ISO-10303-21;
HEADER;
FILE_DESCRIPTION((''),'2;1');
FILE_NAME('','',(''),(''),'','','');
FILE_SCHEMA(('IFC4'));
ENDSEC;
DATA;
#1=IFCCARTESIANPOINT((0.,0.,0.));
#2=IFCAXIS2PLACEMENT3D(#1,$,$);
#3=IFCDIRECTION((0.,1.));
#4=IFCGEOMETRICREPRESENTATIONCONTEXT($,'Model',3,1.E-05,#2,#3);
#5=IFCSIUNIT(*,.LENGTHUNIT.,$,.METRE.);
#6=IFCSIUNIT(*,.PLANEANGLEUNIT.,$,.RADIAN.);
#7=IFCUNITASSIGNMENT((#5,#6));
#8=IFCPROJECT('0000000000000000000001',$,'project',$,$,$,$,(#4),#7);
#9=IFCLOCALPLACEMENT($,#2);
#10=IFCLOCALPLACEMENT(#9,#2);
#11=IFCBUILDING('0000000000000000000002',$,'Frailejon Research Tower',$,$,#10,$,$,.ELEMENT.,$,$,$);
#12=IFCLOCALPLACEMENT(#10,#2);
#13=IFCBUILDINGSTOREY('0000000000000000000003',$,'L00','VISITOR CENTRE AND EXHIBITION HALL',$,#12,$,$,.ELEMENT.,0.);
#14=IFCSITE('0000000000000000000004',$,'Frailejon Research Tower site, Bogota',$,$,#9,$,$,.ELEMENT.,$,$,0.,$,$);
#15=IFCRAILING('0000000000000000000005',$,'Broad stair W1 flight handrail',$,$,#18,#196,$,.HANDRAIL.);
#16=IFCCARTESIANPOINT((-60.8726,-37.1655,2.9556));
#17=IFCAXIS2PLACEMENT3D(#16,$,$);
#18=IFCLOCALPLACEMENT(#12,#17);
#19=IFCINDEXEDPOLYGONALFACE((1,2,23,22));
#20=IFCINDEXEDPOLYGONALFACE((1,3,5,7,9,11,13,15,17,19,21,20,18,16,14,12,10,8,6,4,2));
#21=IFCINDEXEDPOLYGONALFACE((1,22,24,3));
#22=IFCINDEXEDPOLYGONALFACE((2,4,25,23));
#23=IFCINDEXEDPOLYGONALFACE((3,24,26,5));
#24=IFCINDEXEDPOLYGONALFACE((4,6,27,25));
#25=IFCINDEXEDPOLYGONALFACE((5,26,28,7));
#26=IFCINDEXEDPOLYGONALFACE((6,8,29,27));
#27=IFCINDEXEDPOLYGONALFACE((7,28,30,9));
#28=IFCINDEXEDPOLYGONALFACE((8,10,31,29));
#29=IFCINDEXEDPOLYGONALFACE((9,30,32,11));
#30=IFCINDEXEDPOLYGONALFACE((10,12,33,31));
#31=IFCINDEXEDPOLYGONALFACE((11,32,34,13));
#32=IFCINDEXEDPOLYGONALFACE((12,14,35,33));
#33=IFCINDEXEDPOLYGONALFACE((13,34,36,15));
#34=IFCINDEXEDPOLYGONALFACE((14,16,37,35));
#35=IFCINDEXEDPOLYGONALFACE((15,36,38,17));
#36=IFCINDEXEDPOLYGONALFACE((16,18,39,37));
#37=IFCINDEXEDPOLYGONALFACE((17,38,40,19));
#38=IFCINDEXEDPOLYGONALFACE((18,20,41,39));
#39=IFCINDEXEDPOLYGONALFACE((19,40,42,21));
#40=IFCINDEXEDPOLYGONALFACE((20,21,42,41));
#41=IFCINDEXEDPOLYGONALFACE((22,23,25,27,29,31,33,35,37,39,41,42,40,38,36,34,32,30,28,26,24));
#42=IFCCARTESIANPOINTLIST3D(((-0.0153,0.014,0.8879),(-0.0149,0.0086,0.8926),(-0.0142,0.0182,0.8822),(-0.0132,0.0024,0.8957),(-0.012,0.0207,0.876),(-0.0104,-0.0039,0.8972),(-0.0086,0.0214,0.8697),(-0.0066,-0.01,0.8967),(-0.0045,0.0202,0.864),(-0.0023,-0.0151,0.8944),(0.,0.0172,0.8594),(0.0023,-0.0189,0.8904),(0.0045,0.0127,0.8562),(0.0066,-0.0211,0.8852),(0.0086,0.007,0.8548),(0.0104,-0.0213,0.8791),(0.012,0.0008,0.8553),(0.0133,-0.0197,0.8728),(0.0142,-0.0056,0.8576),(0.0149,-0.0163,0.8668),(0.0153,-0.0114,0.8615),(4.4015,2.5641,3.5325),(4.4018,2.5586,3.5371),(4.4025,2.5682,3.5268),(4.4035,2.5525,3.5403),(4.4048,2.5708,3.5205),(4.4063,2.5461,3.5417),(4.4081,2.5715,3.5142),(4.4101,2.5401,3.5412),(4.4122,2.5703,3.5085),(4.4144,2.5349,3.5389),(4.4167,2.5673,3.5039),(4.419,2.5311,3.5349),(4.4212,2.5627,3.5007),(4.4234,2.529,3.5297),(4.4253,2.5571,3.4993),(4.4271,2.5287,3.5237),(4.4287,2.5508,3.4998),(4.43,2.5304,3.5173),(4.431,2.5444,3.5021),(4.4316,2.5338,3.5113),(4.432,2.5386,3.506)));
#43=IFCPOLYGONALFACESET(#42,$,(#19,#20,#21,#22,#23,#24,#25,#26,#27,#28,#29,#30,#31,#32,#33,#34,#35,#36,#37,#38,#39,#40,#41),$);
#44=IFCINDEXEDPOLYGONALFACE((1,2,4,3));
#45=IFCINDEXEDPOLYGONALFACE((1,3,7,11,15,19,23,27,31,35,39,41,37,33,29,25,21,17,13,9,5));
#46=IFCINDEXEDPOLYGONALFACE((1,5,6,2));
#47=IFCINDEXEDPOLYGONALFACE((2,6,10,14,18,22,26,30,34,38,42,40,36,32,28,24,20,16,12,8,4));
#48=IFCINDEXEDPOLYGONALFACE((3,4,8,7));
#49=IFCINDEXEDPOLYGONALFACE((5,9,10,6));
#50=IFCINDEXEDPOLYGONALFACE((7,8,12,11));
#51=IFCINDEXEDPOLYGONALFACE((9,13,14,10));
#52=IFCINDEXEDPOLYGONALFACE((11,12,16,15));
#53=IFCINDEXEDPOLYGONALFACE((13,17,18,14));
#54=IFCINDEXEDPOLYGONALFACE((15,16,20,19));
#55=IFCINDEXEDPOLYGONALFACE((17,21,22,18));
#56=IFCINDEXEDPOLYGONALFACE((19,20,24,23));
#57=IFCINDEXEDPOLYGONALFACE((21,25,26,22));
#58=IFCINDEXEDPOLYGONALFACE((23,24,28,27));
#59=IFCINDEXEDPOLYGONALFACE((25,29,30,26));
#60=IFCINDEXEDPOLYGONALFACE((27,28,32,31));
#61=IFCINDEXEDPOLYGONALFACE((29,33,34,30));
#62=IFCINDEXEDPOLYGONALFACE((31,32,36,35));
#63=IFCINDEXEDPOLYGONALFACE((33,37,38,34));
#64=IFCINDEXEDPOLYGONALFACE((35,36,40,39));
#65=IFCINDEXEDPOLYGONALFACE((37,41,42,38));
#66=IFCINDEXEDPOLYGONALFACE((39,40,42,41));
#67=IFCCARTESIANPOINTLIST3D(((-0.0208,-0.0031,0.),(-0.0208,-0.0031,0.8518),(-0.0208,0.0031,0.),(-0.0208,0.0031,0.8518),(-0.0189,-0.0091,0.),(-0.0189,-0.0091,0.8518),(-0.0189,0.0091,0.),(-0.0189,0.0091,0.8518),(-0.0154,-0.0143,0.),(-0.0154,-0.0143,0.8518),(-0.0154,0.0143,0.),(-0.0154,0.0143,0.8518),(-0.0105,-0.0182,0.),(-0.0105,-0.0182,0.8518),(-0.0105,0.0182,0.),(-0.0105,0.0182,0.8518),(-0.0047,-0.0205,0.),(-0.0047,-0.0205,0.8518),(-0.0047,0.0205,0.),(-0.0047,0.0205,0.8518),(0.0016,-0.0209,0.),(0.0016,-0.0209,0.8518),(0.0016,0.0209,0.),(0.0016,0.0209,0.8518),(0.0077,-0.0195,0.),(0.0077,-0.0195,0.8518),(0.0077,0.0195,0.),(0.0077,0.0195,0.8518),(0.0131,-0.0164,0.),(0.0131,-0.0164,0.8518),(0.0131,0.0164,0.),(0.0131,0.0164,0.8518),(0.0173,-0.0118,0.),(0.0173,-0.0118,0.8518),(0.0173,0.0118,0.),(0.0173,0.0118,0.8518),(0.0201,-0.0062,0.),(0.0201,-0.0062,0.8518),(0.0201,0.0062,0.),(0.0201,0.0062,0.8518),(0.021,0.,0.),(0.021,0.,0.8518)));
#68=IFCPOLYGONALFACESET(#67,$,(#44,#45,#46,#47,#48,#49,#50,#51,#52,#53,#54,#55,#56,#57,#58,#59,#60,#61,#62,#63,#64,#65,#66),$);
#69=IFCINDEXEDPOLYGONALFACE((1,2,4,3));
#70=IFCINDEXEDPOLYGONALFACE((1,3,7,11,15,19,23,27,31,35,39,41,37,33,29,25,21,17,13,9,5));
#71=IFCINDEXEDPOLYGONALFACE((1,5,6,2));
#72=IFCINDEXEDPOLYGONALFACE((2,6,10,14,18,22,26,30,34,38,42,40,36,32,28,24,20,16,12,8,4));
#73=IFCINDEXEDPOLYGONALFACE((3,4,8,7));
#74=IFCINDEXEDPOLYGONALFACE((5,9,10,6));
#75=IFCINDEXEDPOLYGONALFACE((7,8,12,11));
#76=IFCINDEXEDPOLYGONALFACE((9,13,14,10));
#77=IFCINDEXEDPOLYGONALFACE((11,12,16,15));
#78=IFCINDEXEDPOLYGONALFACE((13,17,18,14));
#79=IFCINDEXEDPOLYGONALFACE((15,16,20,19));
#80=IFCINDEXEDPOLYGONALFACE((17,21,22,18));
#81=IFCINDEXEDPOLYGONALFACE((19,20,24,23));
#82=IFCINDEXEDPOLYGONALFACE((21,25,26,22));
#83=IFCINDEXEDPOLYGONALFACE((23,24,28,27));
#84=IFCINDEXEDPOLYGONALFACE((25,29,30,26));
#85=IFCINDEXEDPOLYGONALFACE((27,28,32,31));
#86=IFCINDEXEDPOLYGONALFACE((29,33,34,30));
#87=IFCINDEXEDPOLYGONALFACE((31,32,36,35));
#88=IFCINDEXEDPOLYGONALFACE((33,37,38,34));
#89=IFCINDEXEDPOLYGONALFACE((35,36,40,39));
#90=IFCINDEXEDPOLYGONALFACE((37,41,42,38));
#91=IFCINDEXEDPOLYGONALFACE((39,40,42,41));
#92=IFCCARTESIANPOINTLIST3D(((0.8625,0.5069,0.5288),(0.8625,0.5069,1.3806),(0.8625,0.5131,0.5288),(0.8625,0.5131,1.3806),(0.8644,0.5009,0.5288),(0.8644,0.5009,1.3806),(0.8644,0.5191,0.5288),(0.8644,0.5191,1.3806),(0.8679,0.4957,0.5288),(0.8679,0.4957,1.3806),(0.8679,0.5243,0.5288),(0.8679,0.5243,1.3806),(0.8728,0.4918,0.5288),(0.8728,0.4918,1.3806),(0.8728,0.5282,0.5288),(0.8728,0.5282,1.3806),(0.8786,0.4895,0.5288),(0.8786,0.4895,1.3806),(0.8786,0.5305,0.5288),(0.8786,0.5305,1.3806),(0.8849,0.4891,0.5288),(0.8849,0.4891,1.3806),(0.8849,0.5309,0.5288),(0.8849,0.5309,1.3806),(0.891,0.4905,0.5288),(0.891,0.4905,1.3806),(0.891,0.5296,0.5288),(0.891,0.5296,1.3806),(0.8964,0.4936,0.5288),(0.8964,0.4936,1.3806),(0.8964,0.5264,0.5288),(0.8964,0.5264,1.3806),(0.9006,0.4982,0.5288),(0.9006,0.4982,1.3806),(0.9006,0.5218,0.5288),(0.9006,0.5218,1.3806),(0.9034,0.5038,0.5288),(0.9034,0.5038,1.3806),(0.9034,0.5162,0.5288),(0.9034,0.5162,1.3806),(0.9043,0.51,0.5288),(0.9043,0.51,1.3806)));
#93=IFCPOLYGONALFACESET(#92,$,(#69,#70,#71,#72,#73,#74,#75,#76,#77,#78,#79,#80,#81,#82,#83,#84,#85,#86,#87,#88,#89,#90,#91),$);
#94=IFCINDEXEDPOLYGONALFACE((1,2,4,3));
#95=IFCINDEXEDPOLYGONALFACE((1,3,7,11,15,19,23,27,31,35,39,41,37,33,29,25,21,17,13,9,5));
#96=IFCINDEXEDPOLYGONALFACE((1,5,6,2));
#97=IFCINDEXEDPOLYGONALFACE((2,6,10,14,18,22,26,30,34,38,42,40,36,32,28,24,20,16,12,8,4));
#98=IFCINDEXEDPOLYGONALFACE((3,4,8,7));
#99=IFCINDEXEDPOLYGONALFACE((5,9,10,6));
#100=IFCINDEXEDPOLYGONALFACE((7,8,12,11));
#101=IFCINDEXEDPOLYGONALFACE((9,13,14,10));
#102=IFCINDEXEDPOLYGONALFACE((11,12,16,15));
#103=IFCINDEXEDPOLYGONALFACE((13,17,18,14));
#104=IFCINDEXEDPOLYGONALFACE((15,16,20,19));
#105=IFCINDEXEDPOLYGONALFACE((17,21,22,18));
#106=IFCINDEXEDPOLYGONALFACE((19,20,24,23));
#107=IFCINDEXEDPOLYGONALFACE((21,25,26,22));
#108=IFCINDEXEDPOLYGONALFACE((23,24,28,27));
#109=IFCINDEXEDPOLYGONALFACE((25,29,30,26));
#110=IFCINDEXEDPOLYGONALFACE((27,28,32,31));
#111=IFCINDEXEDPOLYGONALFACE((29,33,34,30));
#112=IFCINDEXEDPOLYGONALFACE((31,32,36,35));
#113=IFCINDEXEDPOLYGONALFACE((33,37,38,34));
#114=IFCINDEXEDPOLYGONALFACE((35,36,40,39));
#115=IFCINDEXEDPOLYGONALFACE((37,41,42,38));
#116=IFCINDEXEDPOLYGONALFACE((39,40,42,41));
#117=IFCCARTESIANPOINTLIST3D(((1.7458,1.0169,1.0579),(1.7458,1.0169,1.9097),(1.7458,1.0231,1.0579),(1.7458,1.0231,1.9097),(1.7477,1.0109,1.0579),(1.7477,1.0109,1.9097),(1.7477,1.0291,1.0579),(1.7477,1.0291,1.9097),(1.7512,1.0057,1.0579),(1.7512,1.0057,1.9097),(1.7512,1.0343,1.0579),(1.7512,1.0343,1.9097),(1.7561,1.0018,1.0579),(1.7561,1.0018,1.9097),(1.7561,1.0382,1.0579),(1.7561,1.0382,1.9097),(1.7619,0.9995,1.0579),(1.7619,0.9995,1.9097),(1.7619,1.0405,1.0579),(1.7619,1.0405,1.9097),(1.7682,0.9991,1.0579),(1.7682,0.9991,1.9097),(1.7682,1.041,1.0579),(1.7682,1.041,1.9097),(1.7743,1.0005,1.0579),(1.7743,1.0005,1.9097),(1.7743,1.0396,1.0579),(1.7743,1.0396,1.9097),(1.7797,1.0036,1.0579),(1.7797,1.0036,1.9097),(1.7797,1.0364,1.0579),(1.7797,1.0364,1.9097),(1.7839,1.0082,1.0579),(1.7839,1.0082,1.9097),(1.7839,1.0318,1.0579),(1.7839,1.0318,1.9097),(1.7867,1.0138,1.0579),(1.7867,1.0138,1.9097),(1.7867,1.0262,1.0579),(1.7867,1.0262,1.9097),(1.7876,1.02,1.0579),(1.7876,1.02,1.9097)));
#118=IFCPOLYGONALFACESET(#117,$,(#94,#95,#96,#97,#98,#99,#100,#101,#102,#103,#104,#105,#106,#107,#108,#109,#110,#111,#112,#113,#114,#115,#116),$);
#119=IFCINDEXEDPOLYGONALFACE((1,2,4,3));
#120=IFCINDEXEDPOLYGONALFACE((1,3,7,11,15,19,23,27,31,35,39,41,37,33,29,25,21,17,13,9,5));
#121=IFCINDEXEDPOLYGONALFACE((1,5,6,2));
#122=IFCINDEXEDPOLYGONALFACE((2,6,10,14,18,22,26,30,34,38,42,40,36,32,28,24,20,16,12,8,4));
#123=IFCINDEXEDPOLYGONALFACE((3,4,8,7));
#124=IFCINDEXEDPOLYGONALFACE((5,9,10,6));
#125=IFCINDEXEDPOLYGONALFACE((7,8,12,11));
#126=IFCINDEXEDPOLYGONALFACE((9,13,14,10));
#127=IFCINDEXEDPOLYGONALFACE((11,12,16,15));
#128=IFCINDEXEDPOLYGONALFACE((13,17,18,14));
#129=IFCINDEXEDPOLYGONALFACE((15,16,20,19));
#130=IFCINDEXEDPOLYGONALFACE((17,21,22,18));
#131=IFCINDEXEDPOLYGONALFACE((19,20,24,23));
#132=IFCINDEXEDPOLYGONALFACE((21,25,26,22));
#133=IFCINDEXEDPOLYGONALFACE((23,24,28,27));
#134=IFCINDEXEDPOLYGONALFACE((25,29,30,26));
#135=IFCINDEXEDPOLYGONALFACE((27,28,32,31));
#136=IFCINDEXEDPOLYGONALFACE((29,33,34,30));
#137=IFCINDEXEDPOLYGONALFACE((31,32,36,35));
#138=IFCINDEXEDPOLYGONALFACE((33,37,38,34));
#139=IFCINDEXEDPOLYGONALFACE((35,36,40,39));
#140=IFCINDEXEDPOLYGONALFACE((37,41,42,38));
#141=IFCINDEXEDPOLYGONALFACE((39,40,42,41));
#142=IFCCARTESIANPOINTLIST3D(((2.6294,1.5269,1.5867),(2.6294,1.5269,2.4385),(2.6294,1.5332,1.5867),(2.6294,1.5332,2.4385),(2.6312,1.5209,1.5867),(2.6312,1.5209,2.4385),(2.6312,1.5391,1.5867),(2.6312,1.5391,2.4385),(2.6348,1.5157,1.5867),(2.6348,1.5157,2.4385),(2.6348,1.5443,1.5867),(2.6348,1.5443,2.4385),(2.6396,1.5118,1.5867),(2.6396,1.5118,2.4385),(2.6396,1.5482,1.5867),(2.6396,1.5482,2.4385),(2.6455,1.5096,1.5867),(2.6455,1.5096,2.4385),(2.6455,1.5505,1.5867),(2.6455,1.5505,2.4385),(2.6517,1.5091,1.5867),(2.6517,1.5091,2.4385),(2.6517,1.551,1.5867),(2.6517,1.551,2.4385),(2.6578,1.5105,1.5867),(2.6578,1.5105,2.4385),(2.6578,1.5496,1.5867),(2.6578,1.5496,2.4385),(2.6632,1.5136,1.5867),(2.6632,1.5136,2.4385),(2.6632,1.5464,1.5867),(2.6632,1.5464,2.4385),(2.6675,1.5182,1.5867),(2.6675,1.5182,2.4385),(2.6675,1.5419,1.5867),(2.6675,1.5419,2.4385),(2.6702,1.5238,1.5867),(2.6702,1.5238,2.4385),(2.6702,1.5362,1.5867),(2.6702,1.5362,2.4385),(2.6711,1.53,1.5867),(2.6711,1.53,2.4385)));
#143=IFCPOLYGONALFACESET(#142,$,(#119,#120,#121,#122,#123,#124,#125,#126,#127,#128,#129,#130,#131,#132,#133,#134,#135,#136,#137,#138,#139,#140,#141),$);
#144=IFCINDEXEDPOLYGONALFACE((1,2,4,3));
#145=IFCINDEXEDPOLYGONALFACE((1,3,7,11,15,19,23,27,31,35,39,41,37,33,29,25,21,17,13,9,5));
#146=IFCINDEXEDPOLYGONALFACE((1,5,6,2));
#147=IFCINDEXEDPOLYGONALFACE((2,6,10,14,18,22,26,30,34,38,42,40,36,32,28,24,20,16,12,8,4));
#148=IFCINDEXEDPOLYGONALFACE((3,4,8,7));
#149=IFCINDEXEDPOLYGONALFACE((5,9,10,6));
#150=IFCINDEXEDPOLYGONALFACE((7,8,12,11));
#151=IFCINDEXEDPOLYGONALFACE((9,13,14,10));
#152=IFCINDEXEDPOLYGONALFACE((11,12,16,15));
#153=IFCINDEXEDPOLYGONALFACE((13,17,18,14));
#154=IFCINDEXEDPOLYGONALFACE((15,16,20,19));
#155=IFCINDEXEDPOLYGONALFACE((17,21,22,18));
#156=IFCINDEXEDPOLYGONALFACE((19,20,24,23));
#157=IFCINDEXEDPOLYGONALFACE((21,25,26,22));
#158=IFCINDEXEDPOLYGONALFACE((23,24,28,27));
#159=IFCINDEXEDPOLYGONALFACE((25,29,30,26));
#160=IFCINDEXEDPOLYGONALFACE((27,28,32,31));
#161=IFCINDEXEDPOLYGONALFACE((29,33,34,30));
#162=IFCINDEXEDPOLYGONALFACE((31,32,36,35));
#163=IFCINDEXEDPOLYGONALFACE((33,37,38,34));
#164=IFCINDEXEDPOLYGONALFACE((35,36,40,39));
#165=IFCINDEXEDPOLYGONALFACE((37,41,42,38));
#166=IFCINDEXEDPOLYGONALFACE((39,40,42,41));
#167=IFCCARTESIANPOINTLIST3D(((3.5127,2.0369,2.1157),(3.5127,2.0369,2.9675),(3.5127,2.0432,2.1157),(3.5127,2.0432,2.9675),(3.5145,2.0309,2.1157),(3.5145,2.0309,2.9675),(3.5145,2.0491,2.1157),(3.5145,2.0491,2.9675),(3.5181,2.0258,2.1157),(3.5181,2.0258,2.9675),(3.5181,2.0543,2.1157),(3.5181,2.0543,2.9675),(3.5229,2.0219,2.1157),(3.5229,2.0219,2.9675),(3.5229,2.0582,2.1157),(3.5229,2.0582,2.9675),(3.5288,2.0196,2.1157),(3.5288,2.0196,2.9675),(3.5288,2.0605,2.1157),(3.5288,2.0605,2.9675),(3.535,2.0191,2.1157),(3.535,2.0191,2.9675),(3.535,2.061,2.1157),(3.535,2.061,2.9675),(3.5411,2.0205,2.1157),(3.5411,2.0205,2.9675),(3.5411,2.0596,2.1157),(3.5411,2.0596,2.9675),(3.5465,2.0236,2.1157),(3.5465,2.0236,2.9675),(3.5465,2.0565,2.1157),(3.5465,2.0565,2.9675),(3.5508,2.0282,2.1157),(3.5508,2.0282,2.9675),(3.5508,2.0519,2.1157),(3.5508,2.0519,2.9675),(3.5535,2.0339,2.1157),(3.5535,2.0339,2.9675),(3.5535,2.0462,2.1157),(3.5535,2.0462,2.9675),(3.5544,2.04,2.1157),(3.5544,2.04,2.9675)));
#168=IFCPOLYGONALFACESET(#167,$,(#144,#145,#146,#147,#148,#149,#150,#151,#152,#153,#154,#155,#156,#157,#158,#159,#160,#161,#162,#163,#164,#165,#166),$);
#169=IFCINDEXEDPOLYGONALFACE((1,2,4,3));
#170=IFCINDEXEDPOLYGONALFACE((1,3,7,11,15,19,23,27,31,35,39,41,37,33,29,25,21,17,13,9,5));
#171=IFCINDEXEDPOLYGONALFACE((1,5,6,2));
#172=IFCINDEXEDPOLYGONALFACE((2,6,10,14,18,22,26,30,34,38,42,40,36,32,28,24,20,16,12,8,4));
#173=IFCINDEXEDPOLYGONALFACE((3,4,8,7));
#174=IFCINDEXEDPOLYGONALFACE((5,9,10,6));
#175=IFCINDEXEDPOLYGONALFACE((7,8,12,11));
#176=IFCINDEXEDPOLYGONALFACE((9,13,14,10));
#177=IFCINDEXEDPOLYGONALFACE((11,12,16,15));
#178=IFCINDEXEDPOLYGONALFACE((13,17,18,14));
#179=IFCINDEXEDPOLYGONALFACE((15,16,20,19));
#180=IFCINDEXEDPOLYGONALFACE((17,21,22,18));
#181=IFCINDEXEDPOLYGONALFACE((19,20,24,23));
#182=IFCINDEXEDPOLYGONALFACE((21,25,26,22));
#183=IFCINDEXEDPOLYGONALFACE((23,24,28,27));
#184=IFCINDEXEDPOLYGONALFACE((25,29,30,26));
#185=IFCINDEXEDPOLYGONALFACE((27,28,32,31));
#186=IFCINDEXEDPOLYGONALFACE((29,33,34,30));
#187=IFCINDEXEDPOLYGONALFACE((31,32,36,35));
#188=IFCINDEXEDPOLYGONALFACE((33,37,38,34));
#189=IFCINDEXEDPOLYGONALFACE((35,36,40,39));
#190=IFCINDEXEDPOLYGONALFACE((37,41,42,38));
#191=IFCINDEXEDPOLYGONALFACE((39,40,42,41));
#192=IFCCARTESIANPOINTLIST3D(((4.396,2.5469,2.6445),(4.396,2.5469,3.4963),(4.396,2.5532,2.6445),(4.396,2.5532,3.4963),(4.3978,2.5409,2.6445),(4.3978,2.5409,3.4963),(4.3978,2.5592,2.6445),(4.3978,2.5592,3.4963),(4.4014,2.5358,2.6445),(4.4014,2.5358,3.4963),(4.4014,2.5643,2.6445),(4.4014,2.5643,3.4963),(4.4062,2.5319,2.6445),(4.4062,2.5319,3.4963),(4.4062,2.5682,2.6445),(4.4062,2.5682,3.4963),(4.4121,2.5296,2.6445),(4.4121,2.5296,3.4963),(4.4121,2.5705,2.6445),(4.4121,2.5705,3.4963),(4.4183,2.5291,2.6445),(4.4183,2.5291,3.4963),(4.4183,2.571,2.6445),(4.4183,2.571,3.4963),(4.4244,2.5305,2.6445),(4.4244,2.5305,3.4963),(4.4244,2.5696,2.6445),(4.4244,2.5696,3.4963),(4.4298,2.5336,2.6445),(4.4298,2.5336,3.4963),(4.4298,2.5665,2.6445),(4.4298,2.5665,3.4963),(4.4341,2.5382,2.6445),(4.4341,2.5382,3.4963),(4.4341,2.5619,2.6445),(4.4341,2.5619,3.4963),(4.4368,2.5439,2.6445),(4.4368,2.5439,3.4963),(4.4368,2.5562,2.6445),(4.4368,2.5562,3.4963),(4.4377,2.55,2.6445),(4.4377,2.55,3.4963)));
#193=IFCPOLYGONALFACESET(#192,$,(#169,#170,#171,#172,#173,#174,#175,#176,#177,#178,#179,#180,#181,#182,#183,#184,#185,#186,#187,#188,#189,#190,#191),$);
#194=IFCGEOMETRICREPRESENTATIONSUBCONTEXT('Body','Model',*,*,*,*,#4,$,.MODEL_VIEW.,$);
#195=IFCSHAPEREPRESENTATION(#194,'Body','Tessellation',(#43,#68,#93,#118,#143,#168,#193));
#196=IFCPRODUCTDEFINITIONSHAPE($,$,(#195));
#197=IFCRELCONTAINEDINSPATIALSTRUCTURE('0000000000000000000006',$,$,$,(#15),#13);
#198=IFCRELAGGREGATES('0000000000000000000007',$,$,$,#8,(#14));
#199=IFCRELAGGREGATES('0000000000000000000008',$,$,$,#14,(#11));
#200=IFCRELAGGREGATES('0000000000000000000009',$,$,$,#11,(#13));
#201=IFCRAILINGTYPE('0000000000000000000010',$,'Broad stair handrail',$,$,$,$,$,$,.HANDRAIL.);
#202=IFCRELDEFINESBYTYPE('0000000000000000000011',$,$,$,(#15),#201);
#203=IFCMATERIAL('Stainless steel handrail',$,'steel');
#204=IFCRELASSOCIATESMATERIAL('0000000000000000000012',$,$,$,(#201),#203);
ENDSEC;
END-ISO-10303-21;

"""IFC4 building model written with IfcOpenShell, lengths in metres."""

from ifc_helpers import new_model, si_unit, direction, frame, origin, origin_2d, place, context, subcontext, project, spatial, circle, extrude, material, type_object, element, save


model = new_model("IFC4")

# Units and contexts
model_context = context("Model", 3, precision=1e-05, world=origin(), true_north=direction((0.0, 1.0)))
body_context = subcontext(model_context, "Body", "Model", "MODEL_VIEW")
ifc_project = project(units=[si_unit("LENGTHUNIT", "METRE"), si_unit("PLANEANGLEUNIT", "RADIAN")], contexts=[model_context])

# Site, building, storey
site_placement = place(None, origin())
site = spatial("IfcSite", under=ifc_project, at=site_placement, Name="Frailejon Research Tower site, Bogota", CompositionType="ELEMENT", RefElevation=0.0)
building_placement = place(site_placement, origin())
building = spatial("IfcBuilding", under=site, at=building_placement, Name="Frailejon Research Tower", CompositionType="ELEMENT")
storey_placement = place(building_placement, origin())
storey = spatial("IfcBuildingStorey", under=building, at=storey_placement, Name="L00", Description="VISITOR CENTRE AND EXHIBITION HALL", CompositionType="ELEMENT", Elevation=0.0)

# Railing
ifc_material_1 = material(Name="Stainless steel handrail", Category="steel")
railing_type_1 = type_object("IfcRailingType", Name="Broad stair handrail", PredefinedType="HANDRAIL", material=ifc_material_1)
for number, where, name in (
    (1, (-60.8726, -37.1655, 2.9556), "Broad stair W1 flight handrail"),
):
    element("IfcRailing", number, at=place(storey_placement, frame(where)), inside=storey, type_object=railing_type_1, Name=name, PredefinedType="HANDRAIL", context=body_context, shape_type="SweptSolid", body=[
        extrude(circle(Radius=0.0239, at=origin_2d()), frame((0.0, 0.0, 0.876), z_axis=(0.768811, 0.44388, 0.460326), x_axis=(-0.500006, 0.866022, 0.0)), (0.0, 0.0, 1.0), 5.7449),
        extrude(circle(Radius=0.021, at=origin_2d()), origin(), (0.0, 0.0, 1.0), 0.8518),
        extrude(circle(Radius=0.021, at=origin_2d()), frame((0.8833, 0.51, 0.5288)), (0.0, 0.0, 1.0), 0.8518),
        extrude(circle(Radius=0.021, at=origin_2d()), frame((1.7666, 1.02, 1.0579)), (0.0, 0.0, 1.0), 0.8518),
        extrude(circle(Radius=0.021, at=origin_2d()), frame((2.6501, 1.53, 1.5867)), (0.0, 0.0, 1.0), 0.8518),
        extrude(circle(Radius=0.021, at=origin_2d()), frame((3.5334, 2.04, 2.1157)), (0.0, 0.0, 1.0), 0.8518),
        extrude(circle(Radius=0.021, at=origin_2d()), frame((4.4167, 2.55, 2.6445)), (0.0, 0.0, 1.0), 0.8518),
    ])

save(model, "model.ifc")
